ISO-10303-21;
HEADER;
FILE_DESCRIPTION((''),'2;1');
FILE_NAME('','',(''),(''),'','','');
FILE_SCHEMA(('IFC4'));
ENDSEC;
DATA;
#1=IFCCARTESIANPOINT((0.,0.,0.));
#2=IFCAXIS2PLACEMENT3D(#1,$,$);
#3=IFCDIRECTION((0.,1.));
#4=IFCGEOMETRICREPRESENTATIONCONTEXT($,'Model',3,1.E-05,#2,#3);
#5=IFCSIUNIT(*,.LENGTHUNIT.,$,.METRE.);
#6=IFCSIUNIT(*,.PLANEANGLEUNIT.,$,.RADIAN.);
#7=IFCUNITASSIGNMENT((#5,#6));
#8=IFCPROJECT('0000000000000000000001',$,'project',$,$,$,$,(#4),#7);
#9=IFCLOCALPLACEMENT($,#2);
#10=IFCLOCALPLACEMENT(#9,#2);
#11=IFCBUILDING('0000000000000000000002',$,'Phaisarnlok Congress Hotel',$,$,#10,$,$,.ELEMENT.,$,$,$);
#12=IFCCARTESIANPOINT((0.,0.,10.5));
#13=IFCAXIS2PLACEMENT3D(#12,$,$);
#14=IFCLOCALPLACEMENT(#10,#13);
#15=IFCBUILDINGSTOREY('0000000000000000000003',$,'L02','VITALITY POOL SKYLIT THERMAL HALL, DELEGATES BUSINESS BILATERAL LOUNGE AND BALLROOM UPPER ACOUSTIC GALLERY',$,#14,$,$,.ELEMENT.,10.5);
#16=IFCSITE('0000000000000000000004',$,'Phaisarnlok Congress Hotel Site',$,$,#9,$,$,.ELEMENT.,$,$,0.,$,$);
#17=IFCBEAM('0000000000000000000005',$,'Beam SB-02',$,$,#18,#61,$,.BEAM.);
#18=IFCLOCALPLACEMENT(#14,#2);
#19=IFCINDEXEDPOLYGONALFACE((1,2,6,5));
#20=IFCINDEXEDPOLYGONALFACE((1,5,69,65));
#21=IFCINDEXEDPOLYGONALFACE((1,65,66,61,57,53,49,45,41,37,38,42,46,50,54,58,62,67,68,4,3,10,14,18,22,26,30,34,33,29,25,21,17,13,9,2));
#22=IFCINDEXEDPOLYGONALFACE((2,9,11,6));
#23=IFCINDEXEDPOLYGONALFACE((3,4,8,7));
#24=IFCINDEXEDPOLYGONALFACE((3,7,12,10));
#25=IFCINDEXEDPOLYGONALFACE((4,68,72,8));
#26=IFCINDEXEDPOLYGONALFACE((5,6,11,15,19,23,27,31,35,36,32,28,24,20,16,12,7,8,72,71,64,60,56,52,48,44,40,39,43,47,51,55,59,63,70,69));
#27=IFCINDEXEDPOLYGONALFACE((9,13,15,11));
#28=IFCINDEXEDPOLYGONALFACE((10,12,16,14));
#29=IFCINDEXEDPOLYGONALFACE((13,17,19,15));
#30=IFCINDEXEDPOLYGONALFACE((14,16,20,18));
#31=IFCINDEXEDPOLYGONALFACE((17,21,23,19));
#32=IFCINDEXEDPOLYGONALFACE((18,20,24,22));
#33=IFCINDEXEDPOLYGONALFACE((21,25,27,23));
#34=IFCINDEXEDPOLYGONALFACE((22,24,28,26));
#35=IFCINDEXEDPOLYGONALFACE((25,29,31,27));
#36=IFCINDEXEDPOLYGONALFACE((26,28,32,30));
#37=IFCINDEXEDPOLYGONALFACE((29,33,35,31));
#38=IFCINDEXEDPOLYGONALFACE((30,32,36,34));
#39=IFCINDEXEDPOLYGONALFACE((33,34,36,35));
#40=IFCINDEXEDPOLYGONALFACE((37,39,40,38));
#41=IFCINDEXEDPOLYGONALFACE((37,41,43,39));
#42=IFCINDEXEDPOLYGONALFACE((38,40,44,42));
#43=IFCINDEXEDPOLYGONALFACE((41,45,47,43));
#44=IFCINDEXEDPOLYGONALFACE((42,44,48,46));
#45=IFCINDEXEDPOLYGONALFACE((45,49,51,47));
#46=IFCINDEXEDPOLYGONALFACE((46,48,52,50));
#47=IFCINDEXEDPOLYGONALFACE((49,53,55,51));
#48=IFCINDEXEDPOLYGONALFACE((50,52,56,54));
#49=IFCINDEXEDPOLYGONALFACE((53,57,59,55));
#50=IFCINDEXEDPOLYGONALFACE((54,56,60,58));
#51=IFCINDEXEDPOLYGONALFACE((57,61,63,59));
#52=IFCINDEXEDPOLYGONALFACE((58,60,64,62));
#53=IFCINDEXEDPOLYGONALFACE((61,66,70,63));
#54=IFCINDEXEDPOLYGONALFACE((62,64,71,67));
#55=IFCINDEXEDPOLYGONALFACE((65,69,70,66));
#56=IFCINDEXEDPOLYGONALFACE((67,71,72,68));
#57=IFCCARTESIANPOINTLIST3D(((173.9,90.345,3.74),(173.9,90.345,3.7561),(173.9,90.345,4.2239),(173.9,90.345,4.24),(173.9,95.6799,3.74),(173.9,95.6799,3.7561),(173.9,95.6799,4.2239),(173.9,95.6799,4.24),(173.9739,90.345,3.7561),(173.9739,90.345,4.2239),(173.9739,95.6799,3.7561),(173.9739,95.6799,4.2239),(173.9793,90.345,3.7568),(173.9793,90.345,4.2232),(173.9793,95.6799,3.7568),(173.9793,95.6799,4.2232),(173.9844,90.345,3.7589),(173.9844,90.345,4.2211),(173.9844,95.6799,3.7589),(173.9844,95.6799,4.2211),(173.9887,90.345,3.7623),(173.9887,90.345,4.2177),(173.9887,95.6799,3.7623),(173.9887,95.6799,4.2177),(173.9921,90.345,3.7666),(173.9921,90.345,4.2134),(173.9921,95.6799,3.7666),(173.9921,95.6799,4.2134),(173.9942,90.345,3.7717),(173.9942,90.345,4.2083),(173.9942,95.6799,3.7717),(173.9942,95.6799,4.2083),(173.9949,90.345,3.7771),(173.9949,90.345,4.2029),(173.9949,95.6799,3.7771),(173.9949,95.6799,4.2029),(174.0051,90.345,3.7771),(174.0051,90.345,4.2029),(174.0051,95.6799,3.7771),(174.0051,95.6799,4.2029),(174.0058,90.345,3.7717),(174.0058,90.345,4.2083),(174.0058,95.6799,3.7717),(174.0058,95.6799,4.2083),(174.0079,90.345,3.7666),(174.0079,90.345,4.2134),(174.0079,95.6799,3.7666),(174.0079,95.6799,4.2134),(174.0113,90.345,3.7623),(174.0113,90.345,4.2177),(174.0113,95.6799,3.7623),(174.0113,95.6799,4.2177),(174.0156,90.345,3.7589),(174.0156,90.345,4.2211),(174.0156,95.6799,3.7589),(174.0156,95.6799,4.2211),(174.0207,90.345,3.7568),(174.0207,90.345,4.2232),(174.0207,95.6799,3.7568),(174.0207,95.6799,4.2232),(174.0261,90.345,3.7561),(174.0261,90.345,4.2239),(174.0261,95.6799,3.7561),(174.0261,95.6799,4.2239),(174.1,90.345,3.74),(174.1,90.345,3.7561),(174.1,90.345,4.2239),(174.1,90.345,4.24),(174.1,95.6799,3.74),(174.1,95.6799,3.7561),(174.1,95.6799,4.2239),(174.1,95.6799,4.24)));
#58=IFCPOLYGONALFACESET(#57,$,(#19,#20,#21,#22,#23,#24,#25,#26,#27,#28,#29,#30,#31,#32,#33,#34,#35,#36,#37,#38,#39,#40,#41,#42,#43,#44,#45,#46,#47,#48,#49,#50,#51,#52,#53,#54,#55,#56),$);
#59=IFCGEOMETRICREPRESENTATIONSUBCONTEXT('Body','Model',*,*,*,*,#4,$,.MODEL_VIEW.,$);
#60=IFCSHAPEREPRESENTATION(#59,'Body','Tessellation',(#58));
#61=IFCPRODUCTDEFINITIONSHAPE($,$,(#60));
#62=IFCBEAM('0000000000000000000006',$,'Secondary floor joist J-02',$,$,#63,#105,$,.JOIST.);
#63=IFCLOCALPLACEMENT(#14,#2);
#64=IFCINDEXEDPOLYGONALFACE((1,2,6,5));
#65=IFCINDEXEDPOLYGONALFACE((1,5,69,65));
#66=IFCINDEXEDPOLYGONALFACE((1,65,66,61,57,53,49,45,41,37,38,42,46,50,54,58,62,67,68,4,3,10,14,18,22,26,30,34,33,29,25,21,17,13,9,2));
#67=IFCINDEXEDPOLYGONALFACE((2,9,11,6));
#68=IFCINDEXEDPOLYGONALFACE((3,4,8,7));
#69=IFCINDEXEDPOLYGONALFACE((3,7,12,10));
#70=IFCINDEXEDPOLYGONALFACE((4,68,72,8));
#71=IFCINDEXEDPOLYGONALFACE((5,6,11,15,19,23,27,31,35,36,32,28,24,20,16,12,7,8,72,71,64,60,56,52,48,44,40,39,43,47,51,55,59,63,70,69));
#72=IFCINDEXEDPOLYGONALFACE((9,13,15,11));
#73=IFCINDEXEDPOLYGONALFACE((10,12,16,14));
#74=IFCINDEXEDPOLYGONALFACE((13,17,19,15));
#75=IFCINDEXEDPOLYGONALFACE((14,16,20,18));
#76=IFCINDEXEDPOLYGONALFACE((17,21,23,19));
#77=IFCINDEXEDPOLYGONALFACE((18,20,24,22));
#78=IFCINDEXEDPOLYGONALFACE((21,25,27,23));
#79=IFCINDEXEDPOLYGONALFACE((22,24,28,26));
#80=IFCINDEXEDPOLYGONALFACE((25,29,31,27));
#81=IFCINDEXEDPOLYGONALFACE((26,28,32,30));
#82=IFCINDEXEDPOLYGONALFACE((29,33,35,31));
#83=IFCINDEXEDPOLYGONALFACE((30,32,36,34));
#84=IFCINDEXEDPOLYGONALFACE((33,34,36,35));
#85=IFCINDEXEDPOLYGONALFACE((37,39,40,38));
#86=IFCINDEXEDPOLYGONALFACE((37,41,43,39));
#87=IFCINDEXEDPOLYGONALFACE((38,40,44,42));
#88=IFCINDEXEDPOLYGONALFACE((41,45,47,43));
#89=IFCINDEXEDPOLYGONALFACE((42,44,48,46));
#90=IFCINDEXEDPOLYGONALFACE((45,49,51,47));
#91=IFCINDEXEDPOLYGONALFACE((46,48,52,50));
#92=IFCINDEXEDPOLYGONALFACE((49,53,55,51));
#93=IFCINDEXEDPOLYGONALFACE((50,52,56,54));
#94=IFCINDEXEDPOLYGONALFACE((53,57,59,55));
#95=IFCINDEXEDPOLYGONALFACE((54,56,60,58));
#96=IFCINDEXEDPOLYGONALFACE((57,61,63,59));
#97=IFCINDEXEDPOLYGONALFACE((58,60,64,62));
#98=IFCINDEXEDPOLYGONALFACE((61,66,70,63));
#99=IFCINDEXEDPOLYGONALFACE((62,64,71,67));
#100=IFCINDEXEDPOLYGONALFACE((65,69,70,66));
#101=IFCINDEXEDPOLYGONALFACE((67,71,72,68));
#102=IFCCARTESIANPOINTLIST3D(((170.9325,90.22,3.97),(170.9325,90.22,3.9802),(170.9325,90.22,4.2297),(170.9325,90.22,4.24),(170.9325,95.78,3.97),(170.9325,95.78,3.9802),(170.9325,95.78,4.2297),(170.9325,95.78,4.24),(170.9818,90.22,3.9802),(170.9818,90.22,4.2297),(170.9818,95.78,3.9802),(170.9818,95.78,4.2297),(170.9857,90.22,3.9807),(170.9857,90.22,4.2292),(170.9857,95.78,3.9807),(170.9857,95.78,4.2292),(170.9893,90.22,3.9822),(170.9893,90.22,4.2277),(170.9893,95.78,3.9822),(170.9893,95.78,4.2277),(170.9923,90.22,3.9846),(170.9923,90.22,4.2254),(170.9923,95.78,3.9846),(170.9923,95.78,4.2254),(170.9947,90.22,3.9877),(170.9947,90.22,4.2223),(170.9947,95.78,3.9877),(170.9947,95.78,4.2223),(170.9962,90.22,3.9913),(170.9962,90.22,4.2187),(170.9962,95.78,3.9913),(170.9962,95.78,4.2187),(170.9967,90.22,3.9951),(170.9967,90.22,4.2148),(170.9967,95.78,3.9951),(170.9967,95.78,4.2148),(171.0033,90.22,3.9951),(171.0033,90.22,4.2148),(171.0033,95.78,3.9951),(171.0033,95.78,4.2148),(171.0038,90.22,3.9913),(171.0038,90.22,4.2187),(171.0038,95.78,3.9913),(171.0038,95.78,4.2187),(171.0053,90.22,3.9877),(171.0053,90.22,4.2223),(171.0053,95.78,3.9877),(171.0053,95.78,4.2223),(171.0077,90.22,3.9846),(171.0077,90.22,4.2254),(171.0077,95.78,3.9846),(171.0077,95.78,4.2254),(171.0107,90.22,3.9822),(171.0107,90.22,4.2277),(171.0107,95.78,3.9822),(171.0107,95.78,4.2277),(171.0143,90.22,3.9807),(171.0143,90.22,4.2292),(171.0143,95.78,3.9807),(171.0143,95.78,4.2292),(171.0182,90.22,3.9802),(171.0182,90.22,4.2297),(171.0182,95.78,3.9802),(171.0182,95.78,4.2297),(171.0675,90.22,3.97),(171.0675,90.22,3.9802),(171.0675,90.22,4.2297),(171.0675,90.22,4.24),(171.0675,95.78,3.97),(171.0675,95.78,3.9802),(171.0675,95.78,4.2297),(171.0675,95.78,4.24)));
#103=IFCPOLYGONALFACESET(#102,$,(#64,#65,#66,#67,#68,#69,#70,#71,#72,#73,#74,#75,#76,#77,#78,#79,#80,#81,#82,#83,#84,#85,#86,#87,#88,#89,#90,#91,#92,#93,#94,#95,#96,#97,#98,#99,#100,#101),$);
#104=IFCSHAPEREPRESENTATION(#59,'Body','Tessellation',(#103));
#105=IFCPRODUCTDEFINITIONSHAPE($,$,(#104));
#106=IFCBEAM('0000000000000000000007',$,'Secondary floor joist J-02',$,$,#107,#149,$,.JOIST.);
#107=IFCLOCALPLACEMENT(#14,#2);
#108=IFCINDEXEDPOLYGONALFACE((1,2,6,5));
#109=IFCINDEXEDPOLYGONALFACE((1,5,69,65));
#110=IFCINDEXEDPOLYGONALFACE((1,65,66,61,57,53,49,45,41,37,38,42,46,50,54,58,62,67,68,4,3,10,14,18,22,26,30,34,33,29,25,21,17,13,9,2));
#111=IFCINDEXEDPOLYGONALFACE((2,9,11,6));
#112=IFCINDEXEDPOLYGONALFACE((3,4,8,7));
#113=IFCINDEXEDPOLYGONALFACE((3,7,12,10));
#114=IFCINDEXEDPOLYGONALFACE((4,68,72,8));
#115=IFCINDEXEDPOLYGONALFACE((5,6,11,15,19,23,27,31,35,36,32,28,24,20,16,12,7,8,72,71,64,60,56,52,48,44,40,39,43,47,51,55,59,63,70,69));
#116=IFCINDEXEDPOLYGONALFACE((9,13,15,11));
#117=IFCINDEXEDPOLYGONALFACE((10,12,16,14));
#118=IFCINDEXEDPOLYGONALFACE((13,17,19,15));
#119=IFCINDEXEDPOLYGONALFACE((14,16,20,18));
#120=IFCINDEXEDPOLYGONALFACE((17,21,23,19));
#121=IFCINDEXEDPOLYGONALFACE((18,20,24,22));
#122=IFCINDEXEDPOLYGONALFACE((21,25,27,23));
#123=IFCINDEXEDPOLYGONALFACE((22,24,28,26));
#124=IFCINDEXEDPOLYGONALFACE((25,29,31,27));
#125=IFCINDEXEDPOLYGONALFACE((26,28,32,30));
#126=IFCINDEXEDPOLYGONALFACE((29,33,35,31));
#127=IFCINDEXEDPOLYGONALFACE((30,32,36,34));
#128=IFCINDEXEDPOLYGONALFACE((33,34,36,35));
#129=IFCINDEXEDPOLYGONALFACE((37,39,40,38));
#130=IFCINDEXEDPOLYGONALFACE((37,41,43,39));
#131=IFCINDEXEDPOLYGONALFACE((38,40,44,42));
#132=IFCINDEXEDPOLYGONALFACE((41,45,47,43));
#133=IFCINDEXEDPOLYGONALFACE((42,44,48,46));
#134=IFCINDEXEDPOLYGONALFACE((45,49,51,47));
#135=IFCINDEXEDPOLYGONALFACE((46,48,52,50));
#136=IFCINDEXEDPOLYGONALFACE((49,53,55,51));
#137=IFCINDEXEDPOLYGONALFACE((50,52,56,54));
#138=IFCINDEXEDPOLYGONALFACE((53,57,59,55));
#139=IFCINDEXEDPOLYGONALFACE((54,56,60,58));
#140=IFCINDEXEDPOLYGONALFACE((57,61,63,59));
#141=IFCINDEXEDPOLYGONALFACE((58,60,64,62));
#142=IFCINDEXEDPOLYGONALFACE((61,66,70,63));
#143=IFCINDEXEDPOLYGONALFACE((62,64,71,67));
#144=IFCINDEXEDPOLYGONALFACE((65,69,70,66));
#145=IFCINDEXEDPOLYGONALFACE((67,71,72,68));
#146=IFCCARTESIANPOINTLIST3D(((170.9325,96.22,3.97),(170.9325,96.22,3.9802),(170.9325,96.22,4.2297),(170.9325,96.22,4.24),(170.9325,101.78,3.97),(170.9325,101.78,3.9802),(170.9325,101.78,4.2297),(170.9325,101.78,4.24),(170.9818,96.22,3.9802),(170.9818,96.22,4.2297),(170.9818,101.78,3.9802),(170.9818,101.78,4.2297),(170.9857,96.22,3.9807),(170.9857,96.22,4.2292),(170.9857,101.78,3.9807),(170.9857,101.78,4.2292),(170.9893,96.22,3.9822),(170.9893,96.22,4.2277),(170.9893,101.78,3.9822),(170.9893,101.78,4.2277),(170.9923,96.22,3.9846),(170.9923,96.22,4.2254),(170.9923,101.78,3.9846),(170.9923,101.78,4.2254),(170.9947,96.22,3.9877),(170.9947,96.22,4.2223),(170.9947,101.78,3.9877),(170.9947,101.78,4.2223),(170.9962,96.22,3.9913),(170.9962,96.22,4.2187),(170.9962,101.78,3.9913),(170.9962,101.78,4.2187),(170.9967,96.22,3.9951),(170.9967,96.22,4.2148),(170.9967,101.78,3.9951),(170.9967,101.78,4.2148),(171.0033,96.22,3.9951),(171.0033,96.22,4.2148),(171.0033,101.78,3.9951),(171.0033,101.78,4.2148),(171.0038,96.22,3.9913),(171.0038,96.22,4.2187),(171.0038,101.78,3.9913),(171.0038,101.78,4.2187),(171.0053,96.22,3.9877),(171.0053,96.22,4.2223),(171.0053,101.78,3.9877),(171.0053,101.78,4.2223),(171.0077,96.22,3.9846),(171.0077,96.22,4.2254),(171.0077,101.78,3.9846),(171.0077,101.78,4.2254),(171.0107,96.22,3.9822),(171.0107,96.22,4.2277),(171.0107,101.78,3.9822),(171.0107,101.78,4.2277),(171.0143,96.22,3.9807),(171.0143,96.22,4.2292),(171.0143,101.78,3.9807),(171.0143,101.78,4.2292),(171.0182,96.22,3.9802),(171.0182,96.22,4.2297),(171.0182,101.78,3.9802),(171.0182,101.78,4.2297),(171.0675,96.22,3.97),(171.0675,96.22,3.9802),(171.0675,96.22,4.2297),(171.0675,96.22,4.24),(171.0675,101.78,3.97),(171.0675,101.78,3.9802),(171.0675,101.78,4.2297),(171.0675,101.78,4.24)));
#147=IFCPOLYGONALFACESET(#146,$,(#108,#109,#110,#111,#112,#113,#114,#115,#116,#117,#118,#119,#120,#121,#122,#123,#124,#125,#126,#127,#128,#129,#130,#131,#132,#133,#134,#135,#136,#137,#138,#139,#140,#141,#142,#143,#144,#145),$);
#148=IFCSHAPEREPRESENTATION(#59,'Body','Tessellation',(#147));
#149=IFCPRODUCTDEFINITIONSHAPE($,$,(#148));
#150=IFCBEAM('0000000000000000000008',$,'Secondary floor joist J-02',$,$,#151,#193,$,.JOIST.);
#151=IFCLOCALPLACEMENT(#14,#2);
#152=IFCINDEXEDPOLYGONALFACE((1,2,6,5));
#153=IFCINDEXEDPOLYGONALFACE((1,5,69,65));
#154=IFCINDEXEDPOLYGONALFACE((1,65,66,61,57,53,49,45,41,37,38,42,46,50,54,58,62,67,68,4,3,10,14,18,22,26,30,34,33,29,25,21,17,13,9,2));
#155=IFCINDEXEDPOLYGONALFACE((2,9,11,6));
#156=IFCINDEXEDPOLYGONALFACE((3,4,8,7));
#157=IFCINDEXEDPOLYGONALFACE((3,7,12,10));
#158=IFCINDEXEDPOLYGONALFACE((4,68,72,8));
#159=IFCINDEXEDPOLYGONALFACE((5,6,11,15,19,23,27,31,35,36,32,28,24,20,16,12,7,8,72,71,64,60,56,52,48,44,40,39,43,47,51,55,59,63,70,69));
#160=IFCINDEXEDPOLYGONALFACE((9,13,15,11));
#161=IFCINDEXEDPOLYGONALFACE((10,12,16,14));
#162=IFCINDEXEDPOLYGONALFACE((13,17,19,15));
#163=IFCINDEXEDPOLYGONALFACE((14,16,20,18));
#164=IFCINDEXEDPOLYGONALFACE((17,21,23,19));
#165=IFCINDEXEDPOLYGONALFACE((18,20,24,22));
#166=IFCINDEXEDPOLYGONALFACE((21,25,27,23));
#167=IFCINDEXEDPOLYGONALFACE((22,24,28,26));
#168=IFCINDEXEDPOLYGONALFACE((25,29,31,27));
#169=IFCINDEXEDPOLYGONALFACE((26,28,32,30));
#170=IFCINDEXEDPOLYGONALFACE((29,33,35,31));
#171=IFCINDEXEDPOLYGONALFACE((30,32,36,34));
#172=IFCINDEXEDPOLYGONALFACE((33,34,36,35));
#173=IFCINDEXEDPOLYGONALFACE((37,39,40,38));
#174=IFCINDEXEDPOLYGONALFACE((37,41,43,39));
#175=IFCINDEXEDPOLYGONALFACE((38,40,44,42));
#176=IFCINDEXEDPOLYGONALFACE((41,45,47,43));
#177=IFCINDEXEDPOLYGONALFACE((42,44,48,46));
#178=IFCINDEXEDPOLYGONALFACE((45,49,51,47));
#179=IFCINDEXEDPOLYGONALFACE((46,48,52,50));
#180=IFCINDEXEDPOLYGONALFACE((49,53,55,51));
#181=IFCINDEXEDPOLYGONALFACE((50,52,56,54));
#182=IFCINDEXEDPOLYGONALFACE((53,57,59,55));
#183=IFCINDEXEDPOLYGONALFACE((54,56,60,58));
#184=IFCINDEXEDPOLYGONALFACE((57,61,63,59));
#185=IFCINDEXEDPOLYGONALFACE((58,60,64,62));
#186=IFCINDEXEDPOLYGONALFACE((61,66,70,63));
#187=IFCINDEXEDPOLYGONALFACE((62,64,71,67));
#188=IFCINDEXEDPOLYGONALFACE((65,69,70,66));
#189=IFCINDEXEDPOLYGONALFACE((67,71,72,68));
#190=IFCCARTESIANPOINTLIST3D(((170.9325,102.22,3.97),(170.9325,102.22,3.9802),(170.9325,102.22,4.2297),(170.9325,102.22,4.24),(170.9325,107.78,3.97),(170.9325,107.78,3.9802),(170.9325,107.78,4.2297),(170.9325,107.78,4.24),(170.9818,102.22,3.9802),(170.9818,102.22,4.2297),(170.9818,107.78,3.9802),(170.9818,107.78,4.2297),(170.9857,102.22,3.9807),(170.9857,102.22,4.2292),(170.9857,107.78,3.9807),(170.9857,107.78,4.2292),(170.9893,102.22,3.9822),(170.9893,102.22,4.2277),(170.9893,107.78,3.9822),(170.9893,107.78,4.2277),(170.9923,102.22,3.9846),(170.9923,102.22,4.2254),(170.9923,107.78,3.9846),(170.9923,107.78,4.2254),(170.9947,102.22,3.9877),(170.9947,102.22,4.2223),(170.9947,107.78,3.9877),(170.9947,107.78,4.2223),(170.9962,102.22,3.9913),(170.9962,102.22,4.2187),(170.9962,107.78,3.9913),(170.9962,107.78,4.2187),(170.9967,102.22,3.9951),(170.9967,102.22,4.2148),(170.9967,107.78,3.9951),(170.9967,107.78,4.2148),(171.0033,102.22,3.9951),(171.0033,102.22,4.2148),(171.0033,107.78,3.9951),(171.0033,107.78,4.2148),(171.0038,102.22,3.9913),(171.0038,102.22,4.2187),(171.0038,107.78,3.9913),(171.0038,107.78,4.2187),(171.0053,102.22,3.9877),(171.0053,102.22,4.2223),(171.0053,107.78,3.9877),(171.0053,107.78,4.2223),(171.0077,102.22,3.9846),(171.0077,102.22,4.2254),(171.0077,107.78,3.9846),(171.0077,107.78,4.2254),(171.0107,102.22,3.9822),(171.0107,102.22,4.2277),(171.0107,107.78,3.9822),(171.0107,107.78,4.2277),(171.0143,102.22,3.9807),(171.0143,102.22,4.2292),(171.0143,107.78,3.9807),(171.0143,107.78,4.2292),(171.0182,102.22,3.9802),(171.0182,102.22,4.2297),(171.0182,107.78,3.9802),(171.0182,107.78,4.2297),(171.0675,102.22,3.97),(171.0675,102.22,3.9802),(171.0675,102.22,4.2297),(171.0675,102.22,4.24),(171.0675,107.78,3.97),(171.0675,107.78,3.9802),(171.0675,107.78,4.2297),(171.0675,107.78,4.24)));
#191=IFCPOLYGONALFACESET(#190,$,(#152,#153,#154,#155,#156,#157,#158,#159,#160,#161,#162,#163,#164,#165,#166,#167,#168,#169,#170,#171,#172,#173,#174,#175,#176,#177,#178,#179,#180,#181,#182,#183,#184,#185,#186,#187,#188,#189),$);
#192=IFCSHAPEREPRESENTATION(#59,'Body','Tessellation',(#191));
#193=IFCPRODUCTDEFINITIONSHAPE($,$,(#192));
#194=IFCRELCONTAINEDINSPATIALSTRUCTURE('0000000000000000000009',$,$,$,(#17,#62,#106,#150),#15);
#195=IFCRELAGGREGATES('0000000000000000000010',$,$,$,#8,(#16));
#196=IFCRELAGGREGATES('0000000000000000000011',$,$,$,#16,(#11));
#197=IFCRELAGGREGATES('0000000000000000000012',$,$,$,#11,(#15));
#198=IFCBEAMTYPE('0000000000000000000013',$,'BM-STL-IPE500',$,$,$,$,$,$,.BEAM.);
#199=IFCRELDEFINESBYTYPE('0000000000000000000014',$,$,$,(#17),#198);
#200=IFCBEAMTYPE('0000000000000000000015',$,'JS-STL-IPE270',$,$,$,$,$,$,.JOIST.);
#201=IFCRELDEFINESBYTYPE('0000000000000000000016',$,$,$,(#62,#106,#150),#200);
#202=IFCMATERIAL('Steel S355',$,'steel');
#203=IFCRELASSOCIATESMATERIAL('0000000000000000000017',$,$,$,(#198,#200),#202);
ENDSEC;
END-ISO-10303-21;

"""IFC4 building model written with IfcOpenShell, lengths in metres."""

from ifc_helpers import new_model, si_unit, direction, frame, origin, origin_2d, place, context, subcontext, project, spatial, i_section, extrude, material, material_profile, profile_set, type_object, element, save


model = new_model("IFC4")

# Units and contexts
model_context = context("Model", 3, precision=1e-05, world=origin(), true_north=direction((0.0, 1.0)))
body_context = subcontext(model_context, "Body", "Model", "MODEL_VIEW")
ifc_project = project(units=[si_unit("LENGTHUNIT", "METRE"), si_unit("PLANEANGLEUNIT", "RADIAN")], contexts=[model_context])

# Site, building, storey
site_placement = place(None, origin())
site = spatial("IfcSite", under=ifc_project, at=site_placement, Name="Phaisarnlok Congress Hotel Site", CompositionType="ELEMENT", RefElevation=0.0)
building_placement = place(site_placement, origin())
building = spatial("IfcBuilding", under=site, at=building_placement, Name="Phaisarnlok Congress Hotel", CompositionType="ELEMENT")
storey_placement = place(building_placement, frame((0.0, 0.0, 10.5)))
storey = spatial("IfcBuildingStorey", under=building, at=storey_placement, Name="L02", Description="VITALITY POOL SKYLIT THERMAL HALL, DELEGATES BUSINESS BILATERAL LOUNGE AND BALLROOM UPPER ACOUSTIC GALLERY", CompositionType="ELEMENT", Elevation=10.5)

# Shared definitions
ifc_material_1 = material(Name="Steel S355", Category="steel")

# Beams
ifc_material_profile_1 = material_profile(ifc_material_1, i_section(OverallWidth=0.2, OverallDepth=0.5, WebThickness=0.0103, FlangeThickness=0.0161, FilletRadius=0.021, at=origin_2d()), Name="IPE 500")
ifc_profile_set_1 = profile_set([ifc_material_profile_1], Name="Steel S355")
beam_type_1 = type_object("IfcBeamType", Name="BM-STL-IPE500", PredefinedType="BEAM", material=ifc_profile_set_1)
beam_1_placement = place(storey_placement, frame((174.0, 90.345, 3.99), z_axis=(0.0, 1.0, 0.0), x_axis=(-1.0, 0.0, 0.0)))
element("IfcBeam", 1, at=beam_1_placement, inside=storey, type_object=beam_type_1, Name="Beam SB-02", PredefinedType="BEAM", context=body_context, shape_type="SweptSolid", body=[
    extrude(i_section(OverallWidth=0.2, OverallDepth=0.5, WebThickness=0.0103, FlangeThickness=0.0161, FilletRadius=0.021, at=origin_2d()), origin(), (0.0, 0.0, 1.0), 5.335),
])
ifc_material_profile_2 = material_profile(ifc_material_1, i_section(OverallWidth=0.135, OverallDepth=0.27, WebThickness=0.0066, FlangeThickness=0.0103, FilletRadius=0.0149, at=origin_2d()), Name="IPE 270")
ifc_profile_set_2 = profile_set([ifc_material_profile_2], Name="Steel S355")
beam_type_2 = type_object("IfcBeamType", Name="JS-STL-IPE270", PredefinedType="JOIST", material=ifc_profile_set_2)
for number, where, z_axis, x_axis, name in (
    (2, (171.0, 90.22, 4.105), (0.0, 1.0, 0.0), (-1.0, 0.0, 0.0), "Secondary floor joist J-02"),
    (3, (171.0, 96.22, 4.105), (0.0, 1.0, 0.0), (-1.0, 0.0, 0.0), "Secondary floor joist J-02"),
    (4, (171.0, 102.22, 4.105), (0.0, 1.0, 0.0), (-1.0, 0.0, 0.0), "Secondary floor joist J-02"),
):
    element("IfcBeam", number, at=place(storey_placement, frame(where, z_axis=z_axis, x_axis=x_axis)), inside=storey, type_object=beam_type_2, Name=name, PredefinedType="JOIST", context=body_context, shape_type="SweptSolid", body=[
        extrude(i_section(OverallWidth=0.135, OverallDepth=0.27, WebThickness=0.0066, FlangeThickness=0.0103, FilletRadius=0.0149, at=origin_2d()), origin(), (0.0, 0.0, 1.0), 5.5601),
    ])

save(model, "model.ifc")
